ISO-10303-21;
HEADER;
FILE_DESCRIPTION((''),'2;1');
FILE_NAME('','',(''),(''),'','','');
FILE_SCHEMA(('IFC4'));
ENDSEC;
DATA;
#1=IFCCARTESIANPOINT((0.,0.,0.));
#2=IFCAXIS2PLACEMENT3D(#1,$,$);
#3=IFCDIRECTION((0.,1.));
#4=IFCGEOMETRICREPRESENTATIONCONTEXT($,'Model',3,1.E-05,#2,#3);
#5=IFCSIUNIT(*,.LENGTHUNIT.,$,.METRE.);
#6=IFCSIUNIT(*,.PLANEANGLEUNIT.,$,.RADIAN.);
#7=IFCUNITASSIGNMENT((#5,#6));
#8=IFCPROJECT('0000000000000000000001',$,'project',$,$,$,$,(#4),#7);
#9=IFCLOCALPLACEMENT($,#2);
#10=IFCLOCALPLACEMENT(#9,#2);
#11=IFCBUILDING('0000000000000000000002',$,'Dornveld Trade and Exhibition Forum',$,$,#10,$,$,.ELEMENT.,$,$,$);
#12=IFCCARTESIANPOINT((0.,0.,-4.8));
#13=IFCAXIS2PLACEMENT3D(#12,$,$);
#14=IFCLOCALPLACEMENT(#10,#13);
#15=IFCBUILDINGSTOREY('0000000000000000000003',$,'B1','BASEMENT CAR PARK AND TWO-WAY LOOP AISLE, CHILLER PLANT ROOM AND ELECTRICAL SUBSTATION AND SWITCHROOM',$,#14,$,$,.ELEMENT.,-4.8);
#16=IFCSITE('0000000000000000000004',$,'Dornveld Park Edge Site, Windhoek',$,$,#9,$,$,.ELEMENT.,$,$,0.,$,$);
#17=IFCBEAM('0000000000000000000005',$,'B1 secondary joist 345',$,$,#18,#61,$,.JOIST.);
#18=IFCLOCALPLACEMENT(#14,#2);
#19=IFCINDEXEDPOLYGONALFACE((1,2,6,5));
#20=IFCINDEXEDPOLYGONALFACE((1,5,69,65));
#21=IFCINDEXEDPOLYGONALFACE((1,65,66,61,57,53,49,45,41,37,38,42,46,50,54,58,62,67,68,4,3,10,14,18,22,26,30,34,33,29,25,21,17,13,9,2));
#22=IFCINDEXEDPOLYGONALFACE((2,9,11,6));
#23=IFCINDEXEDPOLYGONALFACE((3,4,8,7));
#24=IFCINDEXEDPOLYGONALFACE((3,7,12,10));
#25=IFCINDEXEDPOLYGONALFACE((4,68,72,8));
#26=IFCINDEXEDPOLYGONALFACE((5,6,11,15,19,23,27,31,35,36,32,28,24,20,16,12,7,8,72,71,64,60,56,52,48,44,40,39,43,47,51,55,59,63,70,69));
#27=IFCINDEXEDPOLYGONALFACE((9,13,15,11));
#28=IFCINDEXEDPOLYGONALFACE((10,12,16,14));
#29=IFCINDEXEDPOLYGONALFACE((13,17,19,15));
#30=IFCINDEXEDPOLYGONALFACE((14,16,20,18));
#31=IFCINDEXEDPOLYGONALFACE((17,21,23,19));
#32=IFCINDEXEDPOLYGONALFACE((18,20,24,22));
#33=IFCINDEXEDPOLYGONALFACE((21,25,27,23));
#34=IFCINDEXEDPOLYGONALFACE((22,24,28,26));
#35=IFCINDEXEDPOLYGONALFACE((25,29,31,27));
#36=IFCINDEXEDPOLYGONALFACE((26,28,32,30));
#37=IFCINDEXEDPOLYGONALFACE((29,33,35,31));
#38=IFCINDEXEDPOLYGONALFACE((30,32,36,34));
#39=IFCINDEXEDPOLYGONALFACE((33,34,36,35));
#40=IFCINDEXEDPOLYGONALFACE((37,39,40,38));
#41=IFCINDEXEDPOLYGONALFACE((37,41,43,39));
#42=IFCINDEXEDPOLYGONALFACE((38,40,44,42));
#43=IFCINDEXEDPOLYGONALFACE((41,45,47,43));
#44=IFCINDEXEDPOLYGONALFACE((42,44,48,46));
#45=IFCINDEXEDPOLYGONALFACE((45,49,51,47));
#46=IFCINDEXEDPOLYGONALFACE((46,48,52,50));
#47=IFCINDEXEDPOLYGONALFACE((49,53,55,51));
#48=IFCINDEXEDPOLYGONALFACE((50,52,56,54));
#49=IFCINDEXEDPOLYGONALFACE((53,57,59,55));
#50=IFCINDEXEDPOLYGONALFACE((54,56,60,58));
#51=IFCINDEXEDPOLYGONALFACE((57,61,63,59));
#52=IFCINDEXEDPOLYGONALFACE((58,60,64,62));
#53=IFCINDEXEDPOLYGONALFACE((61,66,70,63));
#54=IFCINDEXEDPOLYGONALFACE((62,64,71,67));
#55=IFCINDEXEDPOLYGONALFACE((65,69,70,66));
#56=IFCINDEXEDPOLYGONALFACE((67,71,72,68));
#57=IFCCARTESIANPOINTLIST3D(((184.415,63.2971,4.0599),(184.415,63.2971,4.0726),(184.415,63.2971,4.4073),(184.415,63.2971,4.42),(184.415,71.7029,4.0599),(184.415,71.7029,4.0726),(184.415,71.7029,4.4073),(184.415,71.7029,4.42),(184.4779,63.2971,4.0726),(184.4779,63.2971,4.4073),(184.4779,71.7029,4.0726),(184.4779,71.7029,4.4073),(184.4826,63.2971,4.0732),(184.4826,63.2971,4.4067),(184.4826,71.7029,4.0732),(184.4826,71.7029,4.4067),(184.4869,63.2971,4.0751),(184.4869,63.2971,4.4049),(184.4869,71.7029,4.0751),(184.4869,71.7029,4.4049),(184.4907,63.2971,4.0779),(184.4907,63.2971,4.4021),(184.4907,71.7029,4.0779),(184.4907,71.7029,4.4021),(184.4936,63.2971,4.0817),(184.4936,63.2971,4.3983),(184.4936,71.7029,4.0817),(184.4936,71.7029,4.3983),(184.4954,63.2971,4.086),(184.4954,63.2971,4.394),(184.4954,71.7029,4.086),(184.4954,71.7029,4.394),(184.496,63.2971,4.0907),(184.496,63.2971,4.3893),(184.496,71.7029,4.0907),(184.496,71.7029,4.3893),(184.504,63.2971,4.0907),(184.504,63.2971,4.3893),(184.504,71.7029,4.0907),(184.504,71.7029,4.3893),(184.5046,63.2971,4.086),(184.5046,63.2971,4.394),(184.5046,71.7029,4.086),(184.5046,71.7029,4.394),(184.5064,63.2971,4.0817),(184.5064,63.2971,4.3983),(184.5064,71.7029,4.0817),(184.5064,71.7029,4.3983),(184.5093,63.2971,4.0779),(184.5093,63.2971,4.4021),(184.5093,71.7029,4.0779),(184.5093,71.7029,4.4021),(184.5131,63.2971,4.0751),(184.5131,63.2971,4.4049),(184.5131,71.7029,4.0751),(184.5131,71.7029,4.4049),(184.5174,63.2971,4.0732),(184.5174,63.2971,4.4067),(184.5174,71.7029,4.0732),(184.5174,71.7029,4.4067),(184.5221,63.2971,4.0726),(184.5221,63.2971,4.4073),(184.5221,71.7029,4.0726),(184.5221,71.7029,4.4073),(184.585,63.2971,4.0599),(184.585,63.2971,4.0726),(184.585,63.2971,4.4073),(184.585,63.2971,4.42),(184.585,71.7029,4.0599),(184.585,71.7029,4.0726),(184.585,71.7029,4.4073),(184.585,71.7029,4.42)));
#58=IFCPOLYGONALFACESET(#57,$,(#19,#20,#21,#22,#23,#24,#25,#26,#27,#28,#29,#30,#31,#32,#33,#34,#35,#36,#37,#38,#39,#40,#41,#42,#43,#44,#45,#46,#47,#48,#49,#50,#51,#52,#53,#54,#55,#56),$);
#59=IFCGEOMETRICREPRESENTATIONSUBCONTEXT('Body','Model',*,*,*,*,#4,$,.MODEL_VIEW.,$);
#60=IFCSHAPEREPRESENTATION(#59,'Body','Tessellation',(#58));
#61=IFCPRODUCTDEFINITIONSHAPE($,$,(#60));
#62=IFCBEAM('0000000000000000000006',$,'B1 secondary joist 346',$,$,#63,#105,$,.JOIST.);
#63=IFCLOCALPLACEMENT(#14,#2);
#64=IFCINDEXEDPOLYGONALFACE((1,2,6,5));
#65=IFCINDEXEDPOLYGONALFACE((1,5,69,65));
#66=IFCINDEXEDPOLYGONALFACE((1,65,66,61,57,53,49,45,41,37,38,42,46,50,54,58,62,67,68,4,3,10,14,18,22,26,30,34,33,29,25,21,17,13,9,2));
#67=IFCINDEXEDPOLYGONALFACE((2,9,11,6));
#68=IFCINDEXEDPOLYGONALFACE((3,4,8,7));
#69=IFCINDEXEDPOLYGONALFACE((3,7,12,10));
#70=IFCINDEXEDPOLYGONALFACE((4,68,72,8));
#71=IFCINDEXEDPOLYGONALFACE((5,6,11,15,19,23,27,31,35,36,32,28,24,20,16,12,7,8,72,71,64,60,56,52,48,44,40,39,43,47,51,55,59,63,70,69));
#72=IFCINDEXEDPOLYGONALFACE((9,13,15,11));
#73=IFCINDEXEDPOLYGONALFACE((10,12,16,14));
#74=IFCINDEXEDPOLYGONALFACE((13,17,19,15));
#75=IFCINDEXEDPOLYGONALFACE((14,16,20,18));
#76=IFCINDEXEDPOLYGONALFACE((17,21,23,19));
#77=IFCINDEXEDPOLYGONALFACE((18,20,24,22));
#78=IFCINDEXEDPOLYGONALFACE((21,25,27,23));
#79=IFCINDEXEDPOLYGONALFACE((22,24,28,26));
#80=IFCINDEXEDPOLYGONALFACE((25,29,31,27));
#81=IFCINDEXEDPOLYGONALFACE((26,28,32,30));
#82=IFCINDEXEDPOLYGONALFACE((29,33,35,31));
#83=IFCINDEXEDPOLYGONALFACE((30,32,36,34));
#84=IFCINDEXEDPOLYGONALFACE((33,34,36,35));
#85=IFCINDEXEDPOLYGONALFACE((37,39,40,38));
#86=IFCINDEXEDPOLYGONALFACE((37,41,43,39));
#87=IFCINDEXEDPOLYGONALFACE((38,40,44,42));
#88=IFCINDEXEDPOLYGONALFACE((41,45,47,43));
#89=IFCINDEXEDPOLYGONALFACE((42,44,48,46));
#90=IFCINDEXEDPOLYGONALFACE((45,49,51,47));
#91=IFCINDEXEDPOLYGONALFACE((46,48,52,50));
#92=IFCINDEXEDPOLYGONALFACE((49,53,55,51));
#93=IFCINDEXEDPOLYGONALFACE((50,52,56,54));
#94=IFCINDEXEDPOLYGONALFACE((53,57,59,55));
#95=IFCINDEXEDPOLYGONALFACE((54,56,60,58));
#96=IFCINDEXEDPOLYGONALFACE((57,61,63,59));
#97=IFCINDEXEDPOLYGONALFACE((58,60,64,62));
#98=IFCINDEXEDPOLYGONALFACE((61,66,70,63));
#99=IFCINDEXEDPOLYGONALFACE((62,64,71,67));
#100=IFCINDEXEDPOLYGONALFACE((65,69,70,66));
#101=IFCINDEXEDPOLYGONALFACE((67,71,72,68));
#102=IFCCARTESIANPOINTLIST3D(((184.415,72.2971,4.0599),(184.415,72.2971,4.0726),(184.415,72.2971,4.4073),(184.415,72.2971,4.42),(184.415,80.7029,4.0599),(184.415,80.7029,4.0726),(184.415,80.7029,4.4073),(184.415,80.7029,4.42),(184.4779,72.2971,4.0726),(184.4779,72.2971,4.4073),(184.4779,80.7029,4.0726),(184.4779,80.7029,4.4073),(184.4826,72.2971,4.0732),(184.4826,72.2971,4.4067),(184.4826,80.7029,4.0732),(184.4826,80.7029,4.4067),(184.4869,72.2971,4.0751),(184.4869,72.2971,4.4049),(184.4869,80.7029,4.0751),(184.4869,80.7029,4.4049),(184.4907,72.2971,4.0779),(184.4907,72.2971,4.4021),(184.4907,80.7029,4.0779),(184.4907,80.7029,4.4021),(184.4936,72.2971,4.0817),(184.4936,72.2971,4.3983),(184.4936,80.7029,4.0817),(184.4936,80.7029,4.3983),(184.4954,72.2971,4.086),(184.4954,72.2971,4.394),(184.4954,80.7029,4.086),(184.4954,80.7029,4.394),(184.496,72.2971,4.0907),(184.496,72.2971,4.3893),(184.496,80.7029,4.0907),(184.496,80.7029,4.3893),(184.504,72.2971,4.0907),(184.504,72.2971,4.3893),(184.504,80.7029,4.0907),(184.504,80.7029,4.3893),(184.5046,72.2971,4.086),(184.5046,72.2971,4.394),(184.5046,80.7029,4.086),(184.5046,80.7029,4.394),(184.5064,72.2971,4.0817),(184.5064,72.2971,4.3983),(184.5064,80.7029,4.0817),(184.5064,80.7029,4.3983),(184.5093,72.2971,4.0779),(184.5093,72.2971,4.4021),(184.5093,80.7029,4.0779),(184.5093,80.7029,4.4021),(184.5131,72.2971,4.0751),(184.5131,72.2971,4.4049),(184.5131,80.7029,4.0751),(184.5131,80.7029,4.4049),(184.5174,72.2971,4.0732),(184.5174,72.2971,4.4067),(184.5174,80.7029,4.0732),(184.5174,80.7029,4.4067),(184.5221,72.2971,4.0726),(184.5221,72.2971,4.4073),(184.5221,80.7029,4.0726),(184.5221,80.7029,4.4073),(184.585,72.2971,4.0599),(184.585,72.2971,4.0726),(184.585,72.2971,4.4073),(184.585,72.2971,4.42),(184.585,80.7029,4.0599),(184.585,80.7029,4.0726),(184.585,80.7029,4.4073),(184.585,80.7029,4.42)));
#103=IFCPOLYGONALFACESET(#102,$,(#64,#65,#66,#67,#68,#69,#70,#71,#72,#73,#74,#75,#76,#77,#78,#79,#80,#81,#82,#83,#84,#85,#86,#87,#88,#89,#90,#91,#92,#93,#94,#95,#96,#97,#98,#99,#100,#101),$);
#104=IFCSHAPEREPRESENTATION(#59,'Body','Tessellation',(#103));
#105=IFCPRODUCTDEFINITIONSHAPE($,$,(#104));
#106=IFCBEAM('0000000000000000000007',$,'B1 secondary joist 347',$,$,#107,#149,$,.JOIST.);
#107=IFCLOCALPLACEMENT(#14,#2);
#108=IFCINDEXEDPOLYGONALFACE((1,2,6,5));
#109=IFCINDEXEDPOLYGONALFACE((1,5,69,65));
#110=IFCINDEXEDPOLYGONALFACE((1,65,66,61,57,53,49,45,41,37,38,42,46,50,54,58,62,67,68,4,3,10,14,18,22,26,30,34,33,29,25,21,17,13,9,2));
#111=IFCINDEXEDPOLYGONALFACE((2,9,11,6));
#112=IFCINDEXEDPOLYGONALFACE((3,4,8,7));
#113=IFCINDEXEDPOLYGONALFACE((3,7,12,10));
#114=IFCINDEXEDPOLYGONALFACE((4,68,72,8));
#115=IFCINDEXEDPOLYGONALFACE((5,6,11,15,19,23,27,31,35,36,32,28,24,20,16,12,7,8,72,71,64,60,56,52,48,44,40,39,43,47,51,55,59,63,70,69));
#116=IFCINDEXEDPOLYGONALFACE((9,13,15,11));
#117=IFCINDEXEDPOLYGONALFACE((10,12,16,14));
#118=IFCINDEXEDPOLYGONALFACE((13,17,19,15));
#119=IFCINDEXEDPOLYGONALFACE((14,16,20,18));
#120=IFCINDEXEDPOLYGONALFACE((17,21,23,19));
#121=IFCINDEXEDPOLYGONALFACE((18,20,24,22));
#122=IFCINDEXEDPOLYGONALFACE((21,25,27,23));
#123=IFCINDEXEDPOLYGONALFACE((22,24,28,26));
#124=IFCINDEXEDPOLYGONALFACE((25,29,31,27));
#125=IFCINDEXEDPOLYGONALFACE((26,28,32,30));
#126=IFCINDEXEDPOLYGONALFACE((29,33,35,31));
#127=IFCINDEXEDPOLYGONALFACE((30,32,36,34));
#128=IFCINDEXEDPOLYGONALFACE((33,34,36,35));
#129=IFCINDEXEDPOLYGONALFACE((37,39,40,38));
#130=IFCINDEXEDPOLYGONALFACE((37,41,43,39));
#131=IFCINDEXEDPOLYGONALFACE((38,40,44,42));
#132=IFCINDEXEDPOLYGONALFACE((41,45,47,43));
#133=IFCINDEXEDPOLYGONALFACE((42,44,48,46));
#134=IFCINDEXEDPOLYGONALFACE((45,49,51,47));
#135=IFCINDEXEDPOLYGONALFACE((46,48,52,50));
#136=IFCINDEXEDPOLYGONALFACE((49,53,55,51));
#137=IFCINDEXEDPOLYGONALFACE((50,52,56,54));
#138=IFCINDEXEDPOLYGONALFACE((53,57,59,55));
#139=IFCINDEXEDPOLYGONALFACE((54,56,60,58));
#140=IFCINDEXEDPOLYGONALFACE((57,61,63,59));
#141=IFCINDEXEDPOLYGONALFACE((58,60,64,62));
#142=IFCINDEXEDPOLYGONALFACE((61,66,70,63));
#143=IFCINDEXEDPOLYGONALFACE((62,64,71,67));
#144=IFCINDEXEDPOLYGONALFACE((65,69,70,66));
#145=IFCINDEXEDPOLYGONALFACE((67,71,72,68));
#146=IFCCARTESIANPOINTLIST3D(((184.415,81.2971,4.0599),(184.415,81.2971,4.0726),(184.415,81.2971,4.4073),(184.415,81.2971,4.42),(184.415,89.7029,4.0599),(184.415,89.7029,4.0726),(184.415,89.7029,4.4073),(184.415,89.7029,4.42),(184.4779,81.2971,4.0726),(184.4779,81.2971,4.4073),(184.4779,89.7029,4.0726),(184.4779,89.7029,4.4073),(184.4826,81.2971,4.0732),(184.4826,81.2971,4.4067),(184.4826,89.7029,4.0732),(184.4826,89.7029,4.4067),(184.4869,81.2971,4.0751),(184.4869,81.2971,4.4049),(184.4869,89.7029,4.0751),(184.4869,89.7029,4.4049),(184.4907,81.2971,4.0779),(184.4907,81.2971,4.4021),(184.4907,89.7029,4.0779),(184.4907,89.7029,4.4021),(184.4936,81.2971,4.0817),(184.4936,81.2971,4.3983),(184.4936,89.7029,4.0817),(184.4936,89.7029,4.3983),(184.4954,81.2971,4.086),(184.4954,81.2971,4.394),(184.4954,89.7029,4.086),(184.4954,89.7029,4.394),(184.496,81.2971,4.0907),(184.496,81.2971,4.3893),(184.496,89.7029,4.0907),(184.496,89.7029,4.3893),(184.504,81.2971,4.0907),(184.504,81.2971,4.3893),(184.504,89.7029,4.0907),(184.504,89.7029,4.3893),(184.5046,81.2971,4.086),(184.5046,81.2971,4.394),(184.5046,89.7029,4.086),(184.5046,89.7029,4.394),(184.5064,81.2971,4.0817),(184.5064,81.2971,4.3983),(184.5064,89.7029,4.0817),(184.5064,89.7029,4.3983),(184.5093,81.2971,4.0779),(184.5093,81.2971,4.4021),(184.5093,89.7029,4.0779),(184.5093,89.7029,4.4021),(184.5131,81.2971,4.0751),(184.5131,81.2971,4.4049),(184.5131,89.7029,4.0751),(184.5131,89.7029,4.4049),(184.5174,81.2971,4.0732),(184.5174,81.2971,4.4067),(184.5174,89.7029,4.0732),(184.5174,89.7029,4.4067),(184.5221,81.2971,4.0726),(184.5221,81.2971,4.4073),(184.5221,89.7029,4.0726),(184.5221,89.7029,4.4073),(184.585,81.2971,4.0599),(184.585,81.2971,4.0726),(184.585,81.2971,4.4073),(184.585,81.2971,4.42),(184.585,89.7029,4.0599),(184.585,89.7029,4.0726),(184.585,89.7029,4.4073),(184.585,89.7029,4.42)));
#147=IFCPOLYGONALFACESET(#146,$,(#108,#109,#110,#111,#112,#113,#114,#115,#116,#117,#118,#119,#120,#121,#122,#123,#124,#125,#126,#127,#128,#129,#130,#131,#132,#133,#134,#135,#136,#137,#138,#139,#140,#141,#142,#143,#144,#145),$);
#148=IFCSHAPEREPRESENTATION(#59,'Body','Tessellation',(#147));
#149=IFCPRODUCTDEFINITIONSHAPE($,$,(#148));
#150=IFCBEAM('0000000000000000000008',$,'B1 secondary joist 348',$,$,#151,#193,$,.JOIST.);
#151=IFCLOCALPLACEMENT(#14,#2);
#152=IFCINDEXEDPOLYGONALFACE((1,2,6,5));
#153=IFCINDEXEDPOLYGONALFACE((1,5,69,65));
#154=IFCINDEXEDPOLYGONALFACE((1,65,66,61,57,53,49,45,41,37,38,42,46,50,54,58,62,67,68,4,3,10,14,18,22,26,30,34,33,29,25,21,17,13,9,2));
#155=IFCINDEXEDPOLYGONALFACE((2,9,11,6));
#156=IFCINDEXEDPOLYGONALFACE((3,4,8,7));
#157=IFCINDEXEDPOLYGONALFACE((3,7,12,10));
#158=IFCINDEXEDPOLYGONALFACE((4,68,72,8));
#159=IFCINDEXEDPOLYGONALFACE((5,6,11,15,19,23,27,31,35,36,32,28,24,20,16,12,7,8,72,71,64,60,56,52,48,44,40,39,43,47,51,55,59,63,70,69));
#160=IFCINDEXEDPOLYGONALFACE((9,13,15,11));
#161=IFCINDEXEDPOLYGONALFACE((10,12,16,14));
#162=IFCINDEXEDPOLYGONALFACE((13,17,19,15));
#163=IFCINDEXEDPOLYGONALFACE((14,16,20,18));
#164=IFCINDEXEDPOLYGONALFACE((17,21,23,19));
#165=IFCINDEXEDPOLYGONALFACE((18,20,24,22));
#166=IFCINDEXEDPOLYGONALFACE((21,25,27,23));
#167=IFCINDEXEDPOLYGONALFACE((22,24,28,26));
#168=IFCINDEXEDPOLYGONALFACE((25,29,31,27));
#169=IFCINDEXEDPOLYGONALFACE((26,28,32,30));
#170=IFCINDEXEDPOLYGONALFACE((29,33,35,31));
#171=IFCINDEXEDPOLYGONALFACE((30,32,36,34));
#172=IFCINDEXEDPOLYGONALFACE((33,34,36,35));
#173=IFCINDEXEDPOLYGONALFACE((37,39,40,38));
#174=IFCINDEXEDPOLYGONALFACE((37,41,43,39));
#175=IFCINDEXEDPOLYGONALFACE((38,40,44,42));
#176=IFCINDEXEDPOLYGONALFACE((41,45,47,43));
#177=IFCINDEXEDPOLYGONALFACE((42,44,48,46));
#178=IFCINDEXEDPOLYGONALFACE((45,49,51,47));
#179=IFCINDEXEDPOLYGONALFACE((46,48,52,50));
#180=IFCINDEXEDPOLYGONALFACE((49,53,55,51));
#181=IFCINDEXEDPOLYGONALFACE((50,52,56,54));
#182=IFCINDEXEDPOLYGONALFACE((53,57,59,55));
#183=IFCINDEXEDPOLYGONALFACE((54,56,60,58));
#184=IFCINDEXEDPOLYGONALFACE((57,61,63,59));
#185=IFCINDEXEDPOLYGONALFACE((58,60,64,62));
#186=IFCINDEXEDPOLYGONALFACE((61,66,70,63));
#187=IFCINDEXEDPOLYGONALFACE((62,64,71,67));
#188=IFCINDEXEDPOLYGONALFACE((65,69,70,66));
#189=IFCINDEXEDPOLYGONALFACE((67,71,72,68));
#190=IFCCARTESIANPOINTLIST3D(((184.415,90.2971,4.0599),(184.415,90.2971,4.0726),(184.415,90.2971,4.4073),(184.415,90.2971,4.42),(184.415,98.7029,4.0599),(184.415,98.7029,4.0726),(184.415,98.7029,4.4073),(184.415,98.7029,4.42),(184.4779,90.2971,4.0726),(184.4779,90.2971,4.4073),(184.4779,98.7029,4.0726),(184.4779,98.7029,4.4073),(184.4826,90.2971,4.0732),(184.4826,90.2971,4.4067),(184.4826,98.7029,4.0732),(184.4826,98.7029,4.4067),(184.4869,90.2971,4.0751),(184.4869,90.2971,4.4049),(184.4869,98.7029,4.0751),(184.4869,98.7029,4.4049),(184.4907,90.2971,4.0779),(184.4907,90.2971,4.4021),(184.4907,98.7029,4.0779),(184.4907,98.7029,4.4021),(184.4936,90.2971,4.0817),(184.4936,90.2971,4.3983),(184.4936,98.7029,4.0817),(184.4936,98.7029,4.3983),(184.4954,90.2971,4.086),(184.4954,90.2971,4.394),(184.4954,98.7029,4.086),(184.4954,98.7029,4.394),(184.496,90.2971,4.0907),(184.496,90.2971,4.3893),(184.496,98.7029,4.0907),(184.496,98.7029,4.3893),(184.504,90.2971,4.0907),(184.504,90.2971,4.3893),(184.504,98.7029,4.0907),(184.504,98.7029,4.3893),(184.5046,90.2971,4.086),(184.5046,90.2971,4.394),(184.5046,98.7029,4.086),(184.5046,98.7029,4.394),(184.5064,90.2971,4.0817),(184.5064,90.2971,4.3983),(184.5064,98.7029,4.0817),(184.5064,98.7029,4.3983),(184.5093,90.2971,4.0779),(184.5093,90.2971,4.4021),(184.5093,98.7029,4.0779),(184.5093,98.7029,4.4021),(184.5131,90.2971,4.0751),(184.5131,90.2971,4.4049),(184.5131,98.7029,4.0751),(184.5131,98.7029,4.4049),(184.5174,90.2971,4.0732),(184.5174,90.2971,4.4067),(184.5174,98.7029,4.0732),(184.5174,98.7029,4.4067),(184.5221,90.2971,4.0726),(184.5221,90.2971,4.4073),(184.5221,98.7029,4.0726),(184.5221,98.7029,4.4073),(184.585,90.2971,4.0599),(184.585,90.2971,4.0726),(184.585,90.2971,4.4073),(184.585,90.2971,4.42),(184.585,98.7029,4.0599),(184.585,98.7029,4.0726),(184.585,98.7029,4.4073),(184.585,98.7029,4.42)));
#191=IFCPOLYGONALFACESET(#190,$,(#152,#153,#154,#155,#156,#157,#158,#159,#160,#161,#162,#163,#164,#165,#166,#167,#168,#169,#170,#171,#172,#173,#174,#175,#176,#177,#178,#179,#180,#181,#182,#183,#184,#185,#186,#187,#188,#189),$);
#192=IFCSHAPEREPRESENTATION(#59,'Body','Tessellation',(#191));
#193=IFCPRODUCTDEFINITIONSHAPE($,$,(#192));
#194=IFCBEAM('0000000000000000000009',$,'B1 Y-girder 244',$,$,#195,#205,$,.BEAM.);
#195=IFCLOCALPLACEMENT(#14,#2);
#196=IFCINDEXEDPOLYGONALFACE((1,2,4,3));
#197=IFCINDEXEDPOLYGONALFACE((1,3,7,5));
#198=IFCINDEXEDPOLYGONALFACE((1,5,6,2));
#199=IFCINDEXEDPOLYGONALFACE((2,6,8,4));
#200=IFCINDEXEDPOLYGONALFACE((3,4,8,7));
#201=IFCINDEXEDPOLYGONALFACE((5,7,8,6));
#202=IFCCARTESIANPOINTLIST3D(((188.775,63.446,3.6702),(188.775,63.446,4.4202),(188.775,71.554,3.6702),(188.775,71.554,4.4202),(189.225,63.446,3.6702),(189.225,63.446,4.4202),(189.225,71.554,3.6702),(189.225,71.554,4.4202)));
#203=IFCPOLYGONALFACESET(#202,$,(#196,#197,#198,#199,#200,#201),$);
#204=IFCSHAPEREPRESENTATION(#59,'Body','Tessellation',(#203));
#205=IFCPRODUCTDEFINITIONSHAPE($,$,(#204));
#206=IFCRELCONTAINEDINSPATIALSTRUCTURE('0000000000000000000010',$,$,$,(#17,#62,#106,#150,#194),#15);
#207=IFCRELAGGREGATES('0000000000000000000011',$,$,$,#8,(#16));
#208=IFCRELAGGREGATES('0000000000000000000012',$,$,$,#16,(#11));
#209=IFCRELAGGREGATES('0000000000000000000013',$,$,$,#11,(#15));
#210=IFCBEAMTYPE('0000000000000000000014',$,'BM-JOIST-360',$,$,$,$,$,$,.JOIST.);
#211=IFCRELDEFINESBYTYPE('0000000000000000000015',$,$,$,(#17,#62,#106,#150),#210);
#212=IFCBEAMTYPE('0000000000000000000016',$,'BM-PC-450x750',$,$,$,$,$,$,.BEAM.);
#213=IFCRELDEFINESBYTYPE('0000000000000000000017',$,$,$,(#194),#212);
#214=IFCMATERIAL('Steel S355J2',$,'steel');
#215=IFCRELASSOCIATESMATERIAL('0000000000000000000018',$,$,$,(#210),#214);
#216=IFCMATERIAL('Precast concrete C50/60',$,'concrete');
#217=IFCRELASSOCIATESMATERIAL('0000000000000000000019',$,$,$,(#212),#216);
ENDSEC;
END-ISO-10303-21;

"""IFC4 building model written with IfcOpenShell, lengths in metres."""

from ifc_helpers import new_model, si_unit, direction, frame, origin, origin_2d, place, context, subcontext, project, spatial, rectangle, i_section, extrude, material, material_profile, profile_set, type_object, element, save


model = new_model("IFC4")

# Units and contexts
model_context = context("Model", 3, precision=1e-05, world=origin(), true_north=direction((0.0, 1.0)))
body_context = subcontext(model_context, "Body", "Model", "MODEL_VIEW")
ifc_project = project(units=[si_unit("LENGTHUNIT", "METRE"), si_unit("PLANEANGLEUNIT", "RADIAN")], contexts=[model_context])

# Site, building, storey
site_placement = place(None, origin())
site = spatial("IfcSite", under=ifc_project, at=site_placement, Name="Dornveld Park Edge Site, Windhoek", CompositionType="ELEMENT", RefElevation=0.0)
building_placement = place(site_placement, origin())
building = spatial("IfcBuilding", under=site, at=building_placement, Name="Dornveld Trade and Exhibition Forum", CompositionType="ELEMENT")
storey_placement = place(building_placement, frame((0.0, 0.0, -4.8)))
storey = spatial("IfcBuildingStorey", under=building, at=storey_placement, Name="B1", Description="BASEMENT CAR PARK AND TWO-WAY LOOP AISLE, CHILLER PLANT ROOM AND ELECTRICAL SUBSTATION AND SWITCHROOM", CompositionType="ELEMENT", Elevation=-4.8)

# Beams
ifc_material_1 = material(Name="Steel S355J2", Category="steel")
ifc_material_profile_1 = material_profile(ifc_material_1, i_section(OverallWidth=0.1699, OverallDepth=0.3601, WebThickness=0.0081, FlangeThickness=0.0127, FilletRadius=0.0181, at=origin_2d()), Name="IPE 360")
ifc_profile_set_1 = profile_set([ifc_material_profile_1], Name="Steel S355J2")
beam_type_1 = type_object("IfcBeamType", Name="BM-JOIST-360", PredefinedType="JOIST", material=ifc_profile_set_1)
for number, where, z_axis, x_axis, name in (
    (1, (184.5, 63.2971, 4.24), (0.0, 1.0, 0.0), (-1.0, 0.0, 0.0), "B1 secondary joist 345"),
    (2, (184.5, 72.2971, 4.24), (0.0, 1.0, 0.0), (-1.0, 0.0, 0.0), "B1 secondary joist 346"),
    (3, (184.5, 81.2971, 4.24), (0.0, 1.0, 0.0), (-1.0, 0.0, 0.0), "B1 secondary joist 347"),
    (4, (184.5, 90.2971, 4.24), (0.0, 1.0, 0.0), (-1.0, 0.0, 0.0), "B1 secondary joist 348"),
):
    element("IfcBeam", number, at=place(storey_placement, frame(where, z_axis=z_axis, x_axis=x_axis)), inside=storey, type_object=beam_type_1, Name=name, PredefinedType="JOIST", context=body_context, shape_type="SweptSolid", body=[
        extrude(i_section(OverallWidth=0.1699, OverallDepth=0.3601, WebThickness=0.0081, FlangeThickness=0.0127, FilletRadius=0.0181, at=origin_2d()), origin(), (0.0, 0.0, 1.0), 8.4058),
    ])
ifc_material_2 = material(Name="Precast concrete C50/60", Category="concrete")
ifc_material_profile_2 = material_profile(ifc_material_2, rectangle(XDim=0.45, YDim=0.75, at=origin_2d()), Name="PC-BM 450x750")
ifc_profile_set_2 = profile_set([ifc_material_profile_2], Name="Precast concrete C50/60")
beam_type_2 = type_object("IfcBeamType", Name="BM-PC-450x750", PredefinedType="BEAM", material=ifc_profile_set_2)
for number, where, z_axis, x_axis, name in (
    (5, (189.0, 63.446, 4.0452), (0.0, 1.0, 0.0), (-1.0, 0.0, 0.0), "B1 Y-girder 244"),
):
    element("IfcBeam", number, at=place(storey_placement, frame(where, z_axis=z_axis, x_axis=x_axis)), inside=storey, type_object=beam_type_2, Name=name, PredefinedType="BEAM", context=body_context, shape_type="SweptSolid", body=[
        extrude(rectangle(XDim=0.45, YDim=0.75, at=origin_2d()), origin(), (0.0, 0.0, 1.0), 8.1079),
    ])

save(model, "model.ifc")
